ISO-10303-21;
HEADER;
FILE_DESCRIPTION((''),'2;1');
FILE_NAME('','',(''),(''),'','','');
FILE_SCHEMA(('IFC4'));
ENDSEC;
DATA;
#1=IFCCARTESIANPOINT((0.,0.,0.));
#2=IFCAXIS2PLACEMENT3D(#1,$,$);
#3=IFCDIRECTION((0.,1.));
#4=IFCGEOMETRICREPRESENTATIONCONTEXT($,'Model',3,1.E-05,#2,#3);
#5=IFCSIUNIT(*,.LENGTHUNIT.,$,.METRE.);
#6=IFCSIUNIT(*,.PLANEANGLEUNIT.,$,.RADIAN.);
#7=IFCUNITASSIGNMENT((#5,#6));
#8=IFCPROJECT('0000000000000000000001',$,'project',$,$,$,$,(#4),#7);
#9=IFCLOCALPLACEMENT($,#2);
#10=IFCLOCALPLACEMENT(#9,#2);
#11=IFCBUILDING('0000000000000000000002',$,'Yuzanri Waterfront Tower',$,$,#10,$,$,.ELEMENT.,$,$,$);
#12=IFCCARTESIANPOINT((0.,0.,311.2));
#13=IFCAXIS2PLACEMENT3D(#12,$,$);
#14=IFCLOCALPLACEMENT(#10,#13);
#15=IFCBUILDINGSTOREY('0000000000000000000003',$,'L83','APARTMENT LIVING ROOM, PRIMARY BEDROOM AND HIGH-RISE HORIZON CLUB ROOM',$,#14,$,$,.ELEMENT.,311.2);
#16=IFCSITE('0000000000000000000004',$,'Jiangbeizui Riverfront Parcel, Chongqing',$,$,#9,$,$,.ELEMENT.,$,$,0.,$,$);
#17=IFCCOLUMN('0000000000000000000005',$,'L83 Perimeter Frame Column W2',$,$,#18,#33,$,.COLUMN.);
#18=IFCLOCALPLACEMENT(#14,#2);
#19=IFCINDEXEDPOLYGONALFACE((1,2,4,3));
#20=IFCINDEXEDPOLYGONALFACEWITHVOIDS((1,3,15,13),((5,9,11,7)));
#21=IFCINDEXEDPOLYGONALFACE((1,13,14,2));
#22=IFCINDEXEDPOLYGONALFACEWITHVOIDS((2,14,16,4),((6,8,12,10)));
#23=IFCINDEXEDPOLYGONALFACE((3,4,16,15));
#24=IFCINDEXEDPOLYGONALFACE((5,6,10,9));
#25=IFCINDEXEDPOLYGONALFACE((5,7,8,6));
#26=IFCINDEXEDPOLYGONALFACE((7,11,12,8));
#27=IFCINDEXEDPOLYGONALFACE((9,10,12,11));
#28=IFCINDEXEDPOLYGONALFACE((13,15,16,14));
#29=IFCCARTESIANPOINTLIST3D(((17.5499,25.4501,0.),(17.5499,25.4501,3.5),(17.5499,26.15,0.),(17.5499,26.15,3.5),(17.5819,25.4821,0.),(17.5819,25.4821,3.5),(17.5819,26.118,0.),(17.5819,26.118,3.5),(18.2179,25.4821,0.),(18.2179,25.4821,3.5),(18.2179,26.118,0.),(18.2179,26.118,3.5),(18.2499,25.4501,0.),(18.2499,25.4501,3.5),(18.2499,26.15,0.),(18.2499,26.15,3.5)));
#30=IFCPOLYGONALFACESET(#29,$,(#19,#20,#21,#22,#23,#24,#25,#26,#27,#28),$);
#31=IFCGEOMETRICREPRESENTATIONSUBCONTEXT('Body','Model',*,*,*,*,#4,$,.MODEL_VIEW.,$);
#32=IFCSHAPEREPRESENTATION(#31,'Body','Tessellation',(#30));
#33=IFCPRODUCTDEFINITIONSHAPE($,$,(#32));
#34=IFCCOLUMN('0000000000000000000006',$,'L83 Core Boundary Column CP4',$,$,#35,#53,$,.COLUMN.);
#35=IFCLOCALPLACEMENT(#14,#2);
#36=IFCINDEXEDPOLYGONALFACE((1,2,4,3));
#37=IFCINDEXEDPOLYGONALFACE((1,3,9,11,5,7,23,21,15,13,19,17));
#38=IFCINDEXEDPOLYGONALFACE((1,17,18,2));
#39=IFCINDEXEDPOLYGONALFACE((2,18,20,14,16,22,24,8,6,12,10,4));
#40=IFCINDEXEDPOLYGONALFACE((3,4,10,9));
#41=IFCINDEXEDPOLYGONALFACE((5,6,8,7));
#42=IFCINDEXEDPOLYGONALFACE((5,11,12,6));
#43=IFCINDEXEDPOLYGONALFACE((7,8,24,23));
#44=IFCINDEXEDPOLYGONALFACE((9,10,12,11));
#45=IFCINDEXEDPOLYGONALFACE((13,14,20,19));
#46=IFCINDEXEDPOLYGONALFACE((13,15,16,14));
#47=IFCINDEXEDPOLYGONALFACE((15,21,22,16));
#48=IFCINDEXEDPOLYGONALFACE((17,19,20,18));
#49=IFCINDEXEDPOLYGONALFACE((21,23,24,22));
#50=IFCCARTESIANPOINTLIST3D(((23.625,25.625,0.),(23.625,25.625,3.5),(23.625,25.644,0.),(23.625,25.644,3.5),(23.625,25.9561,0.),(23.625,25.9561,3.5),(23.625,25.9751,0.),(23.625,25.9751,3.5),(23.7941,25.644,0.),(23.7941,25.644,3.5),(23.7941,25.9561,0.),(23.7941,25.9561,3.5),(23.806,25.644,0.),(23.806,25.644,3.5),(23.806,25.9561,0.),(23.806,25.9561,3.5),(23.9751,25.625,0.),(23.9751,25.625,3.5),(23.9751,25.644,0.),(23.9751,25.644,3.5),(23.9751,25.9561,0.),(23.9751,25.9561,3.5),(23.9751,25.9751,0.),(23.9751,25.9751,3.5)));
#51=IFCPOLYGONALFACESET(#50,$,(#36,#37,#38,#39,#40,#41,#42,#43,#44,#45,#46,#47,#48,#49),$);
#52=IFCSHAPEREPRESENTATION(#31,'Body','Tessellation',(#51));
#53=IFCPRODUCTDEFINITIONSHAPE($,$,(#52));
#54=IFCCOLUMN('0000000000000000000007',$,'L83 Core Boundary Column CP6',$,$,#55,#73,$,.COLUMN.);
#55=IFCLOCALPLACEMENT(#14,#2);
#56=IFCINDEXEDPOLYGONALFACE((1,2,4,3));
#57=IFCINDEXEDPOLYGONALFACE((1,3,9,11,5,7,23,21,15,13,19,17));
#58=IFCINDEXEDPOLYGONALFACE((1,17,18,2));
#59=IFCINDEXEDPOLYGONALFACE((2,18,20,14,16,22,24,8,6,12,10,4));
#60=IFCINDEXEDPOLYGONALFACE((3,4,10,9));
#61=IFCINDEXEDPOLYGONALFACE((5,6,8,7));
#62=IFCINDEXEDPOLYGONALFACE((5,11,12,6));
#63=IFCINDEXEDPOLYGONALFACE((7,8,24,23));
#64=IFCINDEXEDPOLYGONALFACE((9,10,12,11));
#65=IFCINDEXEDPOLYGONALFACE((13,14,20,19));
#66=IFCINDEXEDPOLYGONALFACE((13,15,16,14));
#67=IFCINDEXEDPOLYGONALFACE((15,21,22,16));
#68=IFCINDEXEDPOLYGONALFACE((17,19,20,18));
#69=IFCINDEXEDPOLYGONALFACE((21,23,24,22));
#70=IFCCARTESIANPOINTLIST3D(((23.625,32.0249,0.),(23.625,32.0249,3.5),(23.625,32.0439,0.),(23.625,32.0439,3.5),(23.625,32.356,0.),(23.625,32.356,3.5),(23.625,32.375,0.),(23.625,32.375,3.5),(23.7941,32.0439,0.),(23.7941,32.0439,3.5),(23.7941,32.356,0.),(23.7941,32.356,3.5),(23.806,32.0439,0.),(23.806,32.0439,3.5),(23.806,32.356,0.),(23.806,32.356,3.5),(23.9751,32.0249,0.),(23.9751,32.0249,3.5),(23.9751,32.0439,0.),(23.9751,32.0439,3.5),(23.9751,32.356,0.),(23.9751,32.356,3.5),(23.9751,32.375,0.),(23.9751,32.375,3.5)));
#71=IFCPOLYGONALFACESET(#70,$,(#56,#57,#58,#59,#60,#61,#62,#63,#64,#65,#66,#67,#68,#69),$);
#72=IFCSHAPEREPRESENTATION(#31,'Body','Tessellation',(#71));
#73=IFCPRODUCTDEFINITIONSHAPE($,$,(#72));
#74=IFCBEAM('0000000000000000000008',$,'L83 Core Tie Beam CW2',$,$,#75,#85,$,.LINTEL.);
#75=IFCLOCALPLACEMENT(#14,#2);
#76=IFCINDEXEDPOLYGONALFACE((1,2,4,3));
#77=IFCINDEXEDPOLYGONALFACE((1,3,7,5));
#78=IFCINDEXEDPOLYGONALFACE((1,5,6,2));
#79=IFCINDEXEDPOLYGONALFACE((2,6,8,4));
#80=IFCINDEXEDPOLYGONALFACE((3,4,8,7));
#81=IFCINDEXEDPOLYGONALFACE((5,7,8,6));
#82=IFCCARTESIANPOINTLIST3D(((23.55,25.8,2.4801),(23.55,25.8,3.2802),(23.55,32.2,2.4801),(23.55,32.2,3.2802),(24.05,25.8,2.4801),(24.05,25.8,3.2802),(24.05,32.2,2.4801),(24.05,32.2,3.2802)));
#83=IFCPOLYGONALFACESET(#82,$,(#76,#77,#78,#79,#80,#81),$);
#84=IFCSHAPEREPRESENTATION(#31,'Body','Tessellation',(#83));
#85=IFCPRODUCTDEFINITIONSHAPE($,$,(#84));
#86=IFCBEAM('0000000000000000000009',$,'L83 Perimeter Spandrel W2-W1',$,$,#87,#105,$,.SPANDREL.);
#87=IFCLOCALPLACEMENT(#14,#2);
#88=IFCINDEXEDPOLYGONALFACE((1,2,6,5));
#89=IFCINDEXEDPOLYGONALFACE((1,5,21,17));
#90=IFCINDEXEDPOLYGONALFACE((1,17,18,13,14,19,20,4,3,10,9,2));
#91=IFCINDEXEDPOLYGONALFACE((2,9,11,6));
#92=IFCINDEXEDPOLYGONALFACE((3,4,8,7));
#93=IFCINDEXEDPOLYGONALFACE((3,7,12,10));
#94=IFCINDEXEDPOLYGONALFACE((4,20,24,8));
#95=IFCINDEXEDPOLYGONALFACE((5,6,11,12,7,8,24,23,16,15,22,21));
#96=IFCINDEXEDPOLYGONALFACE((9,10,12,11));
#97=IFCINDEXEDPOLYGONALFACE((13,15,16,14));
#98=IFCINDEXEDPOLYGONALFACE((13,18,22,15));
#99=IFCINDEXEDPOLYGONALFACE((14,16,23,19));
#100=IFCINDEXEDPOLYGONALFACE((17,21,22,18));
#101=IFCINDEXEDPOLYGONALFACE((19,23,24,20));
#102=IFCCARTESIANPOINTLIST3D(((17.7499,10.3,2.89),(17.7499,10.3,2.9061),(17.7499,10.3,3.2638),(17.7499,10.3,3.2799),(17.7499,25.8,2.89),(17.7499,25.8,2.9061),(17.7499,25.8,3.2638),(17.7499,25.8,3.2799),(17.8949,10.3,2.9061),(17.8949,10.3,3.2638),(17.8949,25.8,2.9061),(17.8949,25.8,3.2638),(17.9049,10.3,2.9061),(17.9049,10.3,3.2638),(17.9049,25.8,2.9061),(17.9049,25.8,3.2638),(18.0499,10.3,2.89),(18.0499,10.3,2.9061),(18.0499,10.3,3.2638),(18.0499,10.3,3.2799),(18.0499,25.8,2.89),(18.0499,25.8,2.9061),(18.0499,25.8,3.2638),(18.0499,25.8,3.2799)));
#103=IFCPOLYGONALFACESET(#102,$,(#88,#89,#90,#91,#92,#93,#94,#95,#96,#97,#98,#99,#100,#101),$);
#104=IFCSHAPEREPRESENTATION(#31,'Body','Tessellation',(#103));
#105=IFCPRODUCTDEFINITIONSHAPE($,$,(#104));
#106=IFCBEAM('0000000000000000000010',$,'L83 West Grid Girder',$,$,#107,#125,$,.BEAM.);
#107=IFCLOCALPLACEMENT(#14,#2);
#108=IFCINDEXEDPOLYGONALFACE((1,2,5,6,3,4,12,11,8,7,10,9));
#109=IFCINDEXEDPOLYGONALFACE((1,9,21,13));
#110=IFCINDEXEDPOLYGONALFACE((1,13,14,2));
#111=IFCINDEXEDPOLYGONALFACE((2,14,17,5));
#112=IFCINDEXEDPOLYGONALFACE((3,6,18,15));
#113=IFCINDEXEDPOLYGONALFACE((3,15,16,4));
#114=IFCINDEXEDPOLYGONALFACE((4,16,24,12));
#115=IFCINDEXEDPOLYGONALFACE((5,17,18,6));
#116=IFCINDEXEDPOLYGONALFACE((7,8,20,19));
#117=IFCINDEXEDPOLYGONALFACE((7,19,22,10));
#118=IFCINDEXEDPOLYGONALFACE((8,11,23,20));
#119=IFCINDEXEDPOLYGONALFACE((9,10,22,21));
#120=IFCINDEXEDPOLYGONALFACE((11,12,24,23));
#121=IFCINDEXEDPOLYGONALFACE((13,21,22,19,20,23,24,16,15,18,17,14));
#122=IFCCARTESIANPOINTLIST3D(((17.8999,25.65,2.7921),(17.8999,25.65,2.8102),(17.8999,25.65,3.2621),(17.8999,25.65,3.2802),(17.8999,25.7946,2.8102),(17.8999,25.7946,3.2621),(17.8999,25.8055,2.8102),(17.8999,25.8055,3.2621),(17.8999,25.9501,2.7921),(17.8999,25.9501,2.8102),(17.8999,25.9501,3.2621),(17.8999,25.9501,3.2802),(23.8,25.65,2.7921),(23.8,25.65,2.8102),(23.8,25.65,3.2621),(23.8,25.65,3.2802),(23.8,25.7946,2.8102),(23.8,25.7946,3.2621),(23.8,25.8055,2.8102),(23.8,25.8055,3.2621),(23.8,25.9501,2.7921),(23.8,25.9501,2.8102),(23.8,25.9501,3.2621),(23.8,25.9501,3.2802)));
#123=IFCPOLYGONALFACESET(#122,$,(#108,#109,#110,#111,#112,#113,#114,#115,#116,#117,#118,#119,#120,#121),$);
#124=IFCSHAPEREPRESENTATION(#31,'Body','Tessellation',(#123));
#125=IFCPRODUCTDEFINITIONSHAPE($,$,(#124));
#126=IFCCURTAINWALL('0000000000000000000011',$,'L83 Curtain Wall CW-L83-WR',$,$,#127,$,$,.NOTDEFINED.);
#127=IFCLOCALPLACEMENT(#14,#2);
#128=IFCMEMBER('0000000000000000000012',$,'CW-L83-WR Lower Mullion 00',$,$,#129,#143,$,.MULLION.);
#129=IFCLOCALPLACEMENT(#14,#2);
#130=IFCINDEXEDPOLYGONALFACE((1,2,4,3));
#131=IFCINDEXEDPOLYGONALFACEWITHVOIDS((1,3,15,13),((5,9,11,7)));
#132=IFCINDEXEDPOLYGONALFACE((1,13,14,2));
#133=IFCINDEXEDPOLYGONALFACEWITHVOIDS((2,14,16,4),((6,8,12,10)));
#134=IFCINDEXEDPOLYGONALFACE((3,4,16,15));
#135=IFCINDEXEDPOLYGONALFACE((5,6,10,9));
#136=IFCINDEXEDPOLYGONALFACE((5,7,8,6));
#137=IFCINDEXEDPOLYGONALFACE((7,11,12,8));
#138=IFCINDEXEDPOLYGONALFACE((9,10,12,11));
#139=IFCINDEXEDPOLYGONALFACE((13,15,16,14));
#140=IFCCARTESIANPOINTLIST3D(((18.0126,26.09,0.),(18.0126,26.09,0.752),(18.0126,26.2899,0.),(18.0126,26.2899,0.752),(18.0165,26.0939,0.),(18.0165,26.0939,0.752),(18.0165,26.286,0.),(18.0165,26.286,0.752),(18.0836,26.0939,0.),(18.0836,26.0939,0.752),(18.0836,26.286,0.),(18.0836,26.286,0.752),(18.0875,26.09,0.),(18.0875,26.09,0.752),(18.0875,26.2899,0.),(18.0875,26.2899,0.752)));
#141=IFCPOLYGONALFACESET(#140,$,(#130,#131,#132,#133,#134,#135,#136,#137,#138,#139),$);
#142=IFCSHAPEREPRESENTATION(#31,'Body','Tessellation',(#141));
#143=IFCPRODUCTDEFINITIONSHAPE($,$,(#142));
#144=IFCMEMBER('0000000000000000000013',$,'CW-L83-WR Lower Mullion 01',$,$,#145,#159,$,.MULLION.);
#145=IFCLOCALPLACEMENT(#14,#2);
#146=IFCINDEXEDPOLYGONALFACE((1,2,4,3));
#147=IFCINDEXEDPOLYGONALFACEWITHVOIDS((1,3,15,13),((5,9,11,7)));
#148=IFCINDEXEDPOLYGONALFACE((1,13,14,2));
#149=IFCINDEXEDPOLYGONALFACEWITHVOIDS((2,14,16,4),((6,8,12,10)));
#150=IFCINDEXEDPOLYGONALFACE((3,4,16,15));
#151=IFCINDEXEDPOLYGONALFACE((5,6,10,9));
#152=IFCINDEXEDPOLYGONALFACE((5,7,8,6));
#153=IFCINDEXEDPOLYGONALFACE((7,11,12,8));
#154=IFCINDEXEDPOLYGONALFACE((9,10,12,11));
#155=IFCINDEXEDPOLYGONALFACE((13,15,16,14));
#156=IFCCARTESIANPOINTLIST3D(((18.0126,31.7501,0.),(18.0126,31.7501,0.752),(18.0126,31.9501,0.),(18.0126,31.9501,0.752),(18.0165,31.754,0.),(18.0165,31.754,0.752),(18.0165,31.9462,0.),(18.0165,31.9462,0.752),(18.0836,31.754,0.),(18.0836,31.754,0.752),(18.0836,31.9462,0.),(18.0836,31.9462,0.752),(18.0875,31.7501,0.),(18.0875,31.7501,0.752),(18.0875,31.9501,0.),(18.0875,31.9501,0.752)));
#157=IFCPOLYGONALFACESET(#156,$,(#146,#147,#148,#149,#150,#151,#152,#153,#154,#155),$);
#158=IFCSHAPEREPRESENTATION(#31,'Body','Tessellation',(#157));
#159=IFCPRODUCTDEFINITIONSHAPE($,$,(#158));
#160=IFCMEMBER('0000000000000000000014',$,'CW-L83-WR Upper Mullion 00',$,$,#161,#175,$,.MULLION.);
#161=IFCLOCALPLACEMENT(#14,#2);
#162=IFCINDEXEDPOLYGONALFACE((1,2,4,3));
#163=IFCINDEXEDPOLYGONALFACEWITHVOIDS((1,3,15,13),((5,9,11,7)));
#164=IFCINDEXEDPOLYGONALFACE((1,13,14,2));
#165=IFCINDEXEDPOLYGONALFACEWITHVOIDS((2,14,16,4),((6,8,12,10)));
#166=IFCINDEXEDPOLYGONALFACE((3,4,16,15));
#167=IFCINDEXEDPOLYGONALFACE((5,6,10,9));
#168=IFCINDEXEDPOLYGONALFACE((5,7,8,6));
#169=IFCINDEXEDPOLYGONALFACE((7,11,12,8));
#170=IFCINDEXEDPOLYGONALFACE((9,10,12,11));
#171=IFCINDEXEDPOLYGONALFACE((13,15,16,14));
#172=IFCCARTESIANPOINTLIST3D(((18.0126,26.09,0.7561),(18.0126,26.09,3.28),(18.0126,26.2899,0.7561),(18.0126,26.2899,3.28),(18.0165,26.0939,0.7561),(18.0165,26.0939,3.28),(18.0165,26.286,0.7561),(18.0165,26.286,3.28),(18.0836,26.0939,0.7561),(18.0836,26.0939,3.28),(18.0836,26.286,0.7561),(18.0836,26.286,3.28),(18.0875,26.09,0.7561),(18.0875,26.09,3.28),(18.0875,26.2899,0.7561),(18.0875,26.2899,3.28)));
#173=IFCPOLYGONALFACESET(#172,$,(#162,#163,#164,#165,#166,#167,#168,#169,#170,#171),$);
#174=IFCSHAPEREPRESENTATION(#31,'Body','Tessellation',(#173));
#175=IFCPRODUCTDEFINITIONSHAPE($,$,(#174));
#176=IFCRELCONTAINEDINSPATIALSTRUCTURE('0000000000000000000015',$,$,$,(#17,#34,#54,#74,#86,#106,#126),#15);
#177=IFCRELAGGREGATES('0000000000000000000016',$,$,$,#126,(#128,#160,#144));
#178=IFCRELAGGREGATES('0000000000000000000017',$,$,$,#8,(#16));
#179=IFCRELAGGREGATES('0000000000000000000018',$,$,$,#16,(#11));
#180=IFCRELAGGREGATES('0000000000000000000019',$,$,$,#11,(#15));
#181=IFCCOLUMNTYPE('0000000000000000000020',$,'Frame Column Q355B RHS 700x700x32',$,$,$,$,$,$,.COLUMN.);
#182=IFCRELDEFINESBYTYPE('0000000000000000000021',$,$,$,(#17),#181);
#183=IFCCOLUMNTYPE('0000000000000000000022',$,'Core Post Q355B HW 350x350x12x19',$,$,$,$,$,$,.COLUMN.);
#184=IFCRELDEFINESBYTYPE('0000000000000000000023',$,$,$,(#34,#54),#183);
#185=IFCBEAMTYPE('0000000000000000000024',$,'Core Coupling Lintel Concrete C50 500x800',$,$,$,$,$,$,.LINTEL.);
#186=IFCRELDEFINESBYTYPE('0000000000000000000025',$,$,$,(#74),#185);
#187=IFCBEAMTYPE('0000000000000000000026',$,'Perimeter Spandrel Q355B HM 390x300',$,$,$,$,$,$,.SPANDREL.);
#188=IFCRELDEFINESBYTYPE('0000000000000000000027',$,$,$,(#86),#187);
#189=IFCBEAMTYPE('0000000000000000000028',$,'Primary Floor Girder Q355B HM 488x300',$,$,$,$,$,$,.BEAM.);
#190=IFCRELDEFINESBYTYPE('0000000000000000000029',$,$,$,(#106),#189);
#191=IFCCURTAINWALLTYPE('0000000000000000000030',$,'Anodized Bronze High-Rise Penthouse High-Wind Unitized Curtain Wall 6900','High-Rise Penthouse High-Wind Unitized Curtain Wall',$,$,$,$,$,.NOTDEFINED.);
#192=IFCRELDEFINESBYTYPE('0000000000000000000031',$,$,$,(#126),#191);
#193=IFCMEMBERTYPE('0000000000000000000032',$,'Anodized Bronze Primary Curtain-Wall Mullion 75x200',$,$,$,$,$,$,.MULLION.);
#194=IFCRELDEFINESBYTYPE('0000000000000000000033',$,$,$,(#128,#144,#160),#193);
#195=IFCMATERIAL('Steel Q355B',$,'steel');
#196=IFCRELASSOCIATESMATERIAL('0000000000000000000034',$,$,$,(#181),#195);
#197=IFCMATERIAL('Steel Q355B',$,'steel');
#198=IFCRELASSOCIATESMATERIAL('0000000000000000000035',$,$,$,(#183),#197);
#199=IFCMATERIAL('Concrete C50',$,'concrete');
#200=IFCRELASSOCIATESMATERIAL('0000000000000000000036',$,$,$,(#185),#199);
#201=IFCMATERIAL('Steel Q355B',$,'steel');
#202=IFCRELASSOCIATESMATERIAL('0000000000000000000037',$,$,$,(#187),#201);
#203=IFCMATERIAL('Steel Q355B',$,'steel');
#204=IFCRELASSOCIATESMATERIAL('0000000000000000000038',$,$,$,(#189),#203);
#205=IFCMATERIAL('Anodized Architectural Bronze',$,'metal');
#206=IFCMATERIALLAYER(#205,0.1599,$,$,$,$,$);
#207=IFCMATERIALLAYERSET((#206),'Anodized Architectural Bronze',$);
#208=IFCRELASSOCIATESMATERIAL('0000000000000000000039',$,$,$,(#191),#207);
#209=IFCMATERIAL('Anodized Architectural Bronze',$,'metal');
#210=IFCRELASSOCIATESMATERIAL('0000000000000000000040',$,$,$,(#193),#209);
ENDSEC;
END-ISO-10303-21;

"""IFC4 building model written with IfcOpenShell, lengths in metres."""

from ifc_helpers import new_model, si_unit, direction, frame, origin, origin_2d, place, context, subcontext, project, spatial, rectangle, hollow_rectangle, i_section, extrude, source, transform, mapped, material, layer, layer_set, material_profile, profile_set, type_object, element, aggregate, save


model = new_model("IFC4")

# Units and contexts
model_context = context("Model", 3, precision=1e-05, world=origin(), true_north=direction((0.0, 1.0)))
body_context = subcontext(model_context, "Body", "Model", "MODEL_VIEW")
ifc_project = project(units=[si_unit("LENGTHUNIT", "METRE"), si_unit("PLANEANGLEUNIT", "RADIAN")], contexts=[model_context])

# Site, building, storey
site_placement = place(None, origin())
site = spatial("IfcSite", under=ifc_project, at=site_placement, Name="Jiangbeizui Riverfront Parcel, Chongqing", CompositionType="ELEMENT", RefElevation=0.0)
building_placement = place(site_placement, origin())
building = spatial("IfcBuilding", under=site, at=building_placement, Name="Yuzanri Waterfront Tower", CompositionType="ELEMENT")
storey_placement = place(building_placement, frame((0.0, 0.0, 311.2)))
storey = spatial("IfcBuildingStorey", under=building, at=storey_placement, Name="L83", Description="APARTMENT LIVING ROOM, PRIMARY BEDROOM AND HIGH-RISE HORIZON CLUB ROOM", CompositionType="ELEMENT", Elevation=311.2)

# Columns
ifc_material_1 = material(Name="Steel Q355B", Category="steel")
ifc_material_profile_1 = material_profile(ifc_material_1, hollow_rectangle(XDim=0.7, YDim=0.7, WallThickness=0.032, at=origin_2d()), Name="RHS 700x700x32")
ifc_profile_set_1 = profile_set([ifc_material_profile_1], Name="Steel Q355B")
column_type_1 = type_object("IfcColumnType", Name="Frame Column Q355B RHS 700x700x32", PredefinedType="COLUMN", material=ifc_profile_set_1)
shared_shape_1 = source(origin(), body_context, "Body", "SweptSolid", [
    extrude(hollow_rectangle(XDim=0.7, YDim=0.7, WallThickness=0.032, at=origin_2d()), origin(), (0.0, 0.0, 1.0), 3.5),
])
column_placement = place(storey_placement, frame((17.8999, 25.8, 0.0), z_axis=(0.0, 0.0, 1.0), x_axis=(1.0, 0.0, 0.0)))
element("IfcColumn", 1, at=column_placement, inside=storey, type_object=column_type_1, Name="L83 Perimeter Frame Column W2", PredefinedType="COLUMN", context=body_context, shape_type="MappedRepresentation", body=[
    mapped(shared_shape_1, transform((0.0, 0.0, 0.0), scale=1.0)),
])
ifc_material_2 = material(Name="Steel Q355B", Category="steel")
ifc_material_profile_2 = material_profile(ifc_material_2, i_section(OverallWidth=0.3501, OverallDepth=0.3501, WebThickness=0.012, FlangeThickness=0.019, at=origin_2d()), Name="HW 350x350x12x19")
ifc_profile_set_2 = profile_set([ifc_material_profile_2], Name="Steel Q355B")
column_type_2 = type_object("IfcColumnType", Name="Core Post Q355B HW 350x350x12x19", PredefinedType="COLUMN", material=ifc_profile_set_2)
shared_shape_2 = source(origin(), body_context, "Body", "SweptSolid", [
    extrude(i_section(OverallWidth=0.3501, OverallDepth=0.3501, WebThickness=0.012, FlangeThickness=0.019, at=origin_2d()), origin(), (0.0, 0.0, 1.0), 3.5),
])
for number, where, z_axis, x_axis, name in (
    (2, (23.8, 25.8, 0.0), (0.0, 0.0, 1.0), (1.0, 0.0, 0.0), "L83 Core Boundary Column CP4"),
    (3, (23.8, 32.2, 0.0), (0.0, 0.0, 1.0), (1.0, 0.0, 0.0), "L83 Core Boundary Column CP6"),
):
    element("IfcColumn", number, at=place(storey_placement, frame(where, z_axis=z_axis, x_axis=x_axis)), inside=storey, type_object=column_type_2, Name=name, PredefinedType="COLUMN", context=body_context, shape_type="MappedRepresentation", body=[
        mapped(shared_shape_2, transform((0.0, 0.0, 0.0), scale=1.0)),
    ])

# Beams
ifc_material_3 = material(Name="Concrete C50", Category="concrete")
ifc_material_profile_3 = material_profile(ifc_material_3, rectangle(XDim=0.5, YDim=0.8, at=origin_2d()), Name="RC 500x800")
ifc_profile_set_3 = profile_set([ifc_material_profile_3], Name="Concrete C50")
beam_type_1 = type_object("IfcBeamType", Name="Core Coupling Lintel Concrete C50 500x800", PredefinedType="LINTEL", material=ifc_profile_set_3)
shared_shape_3 = source(origin(), body_context, "Body", "SweptSolid", [
    extrude(rectangle(XDim=0.5, YDim=0.8, at=origin_2d()), origin(), (0.0, 0.0, 1.0), 6.3999),
])
beam_1_placement = place(storey_placement, frame((23.8, 25.8, 2.8801), z_axis=(0.0, 1.0, 0.0), x_axis=(-1.0, 0.0, 0.0)))
element("IfcBeam", 4, at=beam_1_placement, inside=storey, type_object=beam_type_1, Name="L83 Core Tie Beam CW2", PredefinedType="LINTEL", context=body_context, shape_type="MappedRepresentation", body=[
    mapped(shared_shape_3, transform((0.0, 0.0, 0.0), scale=1.0)),
])
ifc_material_4 = material(Name="Steel Q355B", Category="steel")
ifc_material_profile_4 = material_profile(ifc_material_4, i_section(OverallWidth=0.3, OverallDepth=0.3899, WebThickness=0.01, FlangeThickness=0.0161, at=origin_2d()), Name="HM 390x300x10x16")
ifc_profile_set_4 = profile_set([ifc_material_profile_4], Name="Steel Q355B")
beam_type_2 = type_object("IfcBeamType", Name="Perimeter Spandrel Q355B HM 390x300", PredefinedType="SPANDREL", material=ifc_profile_set_4)
shared_shape_4 = source(origin(), body_context, "Body", "SweptSolid", [
    extrude(i_section(OverallWidth=0.3, OverallDepth=0.3899, WebThickness=0.01, FlangeThickness=0.0161, at=origin_2d()), origin(), (0.0, 0.0, 1.0), 15.5),
])
beam_2_placement = place(storey_placement, frame((17.8999, 25.8, 3.085), z_axis=(0.0, -1.0, 0.0), x_axis=(1.0, 0.0, 0.0)))
element("IfcBeam", 5, at=beam_2_placement, inside=storey, type_object=beam_type_2, Name="L83 Perimeter Spandrel W2-W1", PredefinedType="SPANDREL", context=body_context, shape_type="MappedRepresentation", body=[
    mapped(shared_shape_4, transform((0.0, 0.0, 0.0), scale=1.0)),
])
ifc_material_5 = material(Name="Steel Q355B", Category="steel")
ifc_material_profile_5 = material_profile(ifc_material_5, i_section(OverallWidth=0.3, OverallDepth=0.488, WebThickness=0.011, FlangeThickness=0.0181, at=origin_2d()), Name="HM 488x300x11x18")
ifc_profile_set_5 = profile_set([ifc_material_profile_5], Name="Steel Q355B")
beam_type_3 = type_object("IfcBeamType", Name="Primary Floor Girder Q355B HM 488x300", PredefinedType="BEAM", material=ifc_profile_set_5)
shared_shape_5 = source(origin(), body_context, "Body", "SweptSolid", [
    extrude(i_section(OverallWidth=0.3, OverallDepth=0.488, WebThickness=0.011, FlangeThickness=0.0181, at=origin_2d()), origin(), (0.0, 0.0, 1.0), 5.9001),
])
beam_3_placement = place(storey_placement, frame((23.8, 25.8, 3.0361), z_axis=(-1.0, 0.0, 0.0), x_axis=(0.0, -1.0, 0.0)))
element("IfcBeam", 6, at=beam_3_placement, inside=storey, type_object=beam_type_3, Name="L83 West Grid Girder", PredefinedType="BEAM", context=body_context, shape_type="MappedRepresentation", body=[
    mapped(shared_shape_5, transform((0.0, 0.0, 0.0), scale=1.0)),
])

# Curtain wall, members
ifc_material_6 = material(Name="Anodized Architectural Bronze", Category="metal")
ifc_layer_1 = layer(ifc_material_6, 0.1599)
ifc_layer_set_1 = layer_set([ifc_layer_1], Name="Anodized Architectural Bronze")
curtain_wall_type = type_object("IfcCurtainWallType", Name="Anodized Bronze High-Rise Penthouse High-Wind Unitized Curtain Wall 6900", Description="High-Rise Penthouse High-Wind Unitized Curtain Wall", PredefinedType="NOTDEFINED", material=ifc_layer_set_1)
curtain_wall_placement = place(storey_placement, origin())
curtain_wall = element("IfcCurtainWall", 7, at=curtain_wall_placement, inside=storey, type_object=curtain_wall_type, Name="L83 Curtain Wall CW-L83-WR", PredefinedType="NOTDEFINED")
ifc_material_7 = material(Name="Anodized Architectural Bronze", Category="metal")
ifc_material_profile_6 = material_profile(ifc_material_7, hollow_rectangle(XDim=0.075, YDim=0.2, WallThickness=0.0039, at=origin_2d()), Name="CWM 75x200")
ifc_profile_set_6 = profile_set([ifc_material_profile_6], Name="Anodized Architectural Bronze")
member_type_1 = type_object("IfcMemberType", Name="Anodized Bronze Primary Curtain-Wall Mullion 75x200", PredefinedType="MULLION", material=ifc_profile_set_6)
shared_shape_6 = source(origin(), body_context, "Body", "SweptSolid", [
    extrude(hollow_rectangle(XDim=0.075, YDim=0.2, WallThickness=0.0039, at=origin_2d()), origin(), (0.0, 0.0, 1.0), 0.752),
])
member_1_placement = place(storey_placement, frame((18.05, 26.1899, 0.0), z_axis=(0.0, 0.0, 1.0), x_axis=(1.0, 0.0, 0.0)))
member_1 = element("IfcMember", 8, at=member_1_placement, type_object=member_type_1, Name="CW-L83-WR Lower Mullion 00", PredefinedType="MULLION", context=body_context, shape_type="MappedRepresentation", body=[
    mapped(shared_shape_6, transform((0.0, 0.0, 0.0), scale=1.0)),
])
member_2_placement = place(storey_placement, frame((18.05, 31.8501, 0.0), z_axis=(0.0, 0.0, 1.0), x_axis=(1.0, 0.0, 0.0)))
member_2 = element("IfcMember", 9, at=member_2_placement, type_object=member_type_1, Name="CW-L83-WR Lower Mullion 01", PredefinedType="MULLION", context=body_context, shape_type="MappedRepresentation", body=[
    mapped(shared_shape_6, transform((0.0, 0.0, 0.0), scale=1.0)),
])
shared_shape_7 = source(origin(), body_context, "Body", "SweptSolid", [
    extrude(hollow_rectangle(XDim=0.075, YDim=0.2, WallThickness=0.0039, at=origin_2d()), origin(), (0.0, 0.0, 1.0), 2.5239),
])
member_3_placement = place(storey_placement, frame((18.05, 26.1899, 0.7561), z_axis=(0.0, 0.0, 1.0), x_axis=(1.0, 0.0, 0.0)))
member_3 = element("IfcMember", 10, at=member_3_placement, type_object=member_type_1, Name="CW-L83-WR Upper Mullion 00", PredefinedType="MULLION", context=body_context, shape_type="MappedRepresentation", body=[
    mapped(shared_shape_7, transform((0.0, 0.0, 0.0), scale=1.0)),
])
aggregate(curtain_wall, [member_1, member_3, member_2])

save(model, "model.ifc")
